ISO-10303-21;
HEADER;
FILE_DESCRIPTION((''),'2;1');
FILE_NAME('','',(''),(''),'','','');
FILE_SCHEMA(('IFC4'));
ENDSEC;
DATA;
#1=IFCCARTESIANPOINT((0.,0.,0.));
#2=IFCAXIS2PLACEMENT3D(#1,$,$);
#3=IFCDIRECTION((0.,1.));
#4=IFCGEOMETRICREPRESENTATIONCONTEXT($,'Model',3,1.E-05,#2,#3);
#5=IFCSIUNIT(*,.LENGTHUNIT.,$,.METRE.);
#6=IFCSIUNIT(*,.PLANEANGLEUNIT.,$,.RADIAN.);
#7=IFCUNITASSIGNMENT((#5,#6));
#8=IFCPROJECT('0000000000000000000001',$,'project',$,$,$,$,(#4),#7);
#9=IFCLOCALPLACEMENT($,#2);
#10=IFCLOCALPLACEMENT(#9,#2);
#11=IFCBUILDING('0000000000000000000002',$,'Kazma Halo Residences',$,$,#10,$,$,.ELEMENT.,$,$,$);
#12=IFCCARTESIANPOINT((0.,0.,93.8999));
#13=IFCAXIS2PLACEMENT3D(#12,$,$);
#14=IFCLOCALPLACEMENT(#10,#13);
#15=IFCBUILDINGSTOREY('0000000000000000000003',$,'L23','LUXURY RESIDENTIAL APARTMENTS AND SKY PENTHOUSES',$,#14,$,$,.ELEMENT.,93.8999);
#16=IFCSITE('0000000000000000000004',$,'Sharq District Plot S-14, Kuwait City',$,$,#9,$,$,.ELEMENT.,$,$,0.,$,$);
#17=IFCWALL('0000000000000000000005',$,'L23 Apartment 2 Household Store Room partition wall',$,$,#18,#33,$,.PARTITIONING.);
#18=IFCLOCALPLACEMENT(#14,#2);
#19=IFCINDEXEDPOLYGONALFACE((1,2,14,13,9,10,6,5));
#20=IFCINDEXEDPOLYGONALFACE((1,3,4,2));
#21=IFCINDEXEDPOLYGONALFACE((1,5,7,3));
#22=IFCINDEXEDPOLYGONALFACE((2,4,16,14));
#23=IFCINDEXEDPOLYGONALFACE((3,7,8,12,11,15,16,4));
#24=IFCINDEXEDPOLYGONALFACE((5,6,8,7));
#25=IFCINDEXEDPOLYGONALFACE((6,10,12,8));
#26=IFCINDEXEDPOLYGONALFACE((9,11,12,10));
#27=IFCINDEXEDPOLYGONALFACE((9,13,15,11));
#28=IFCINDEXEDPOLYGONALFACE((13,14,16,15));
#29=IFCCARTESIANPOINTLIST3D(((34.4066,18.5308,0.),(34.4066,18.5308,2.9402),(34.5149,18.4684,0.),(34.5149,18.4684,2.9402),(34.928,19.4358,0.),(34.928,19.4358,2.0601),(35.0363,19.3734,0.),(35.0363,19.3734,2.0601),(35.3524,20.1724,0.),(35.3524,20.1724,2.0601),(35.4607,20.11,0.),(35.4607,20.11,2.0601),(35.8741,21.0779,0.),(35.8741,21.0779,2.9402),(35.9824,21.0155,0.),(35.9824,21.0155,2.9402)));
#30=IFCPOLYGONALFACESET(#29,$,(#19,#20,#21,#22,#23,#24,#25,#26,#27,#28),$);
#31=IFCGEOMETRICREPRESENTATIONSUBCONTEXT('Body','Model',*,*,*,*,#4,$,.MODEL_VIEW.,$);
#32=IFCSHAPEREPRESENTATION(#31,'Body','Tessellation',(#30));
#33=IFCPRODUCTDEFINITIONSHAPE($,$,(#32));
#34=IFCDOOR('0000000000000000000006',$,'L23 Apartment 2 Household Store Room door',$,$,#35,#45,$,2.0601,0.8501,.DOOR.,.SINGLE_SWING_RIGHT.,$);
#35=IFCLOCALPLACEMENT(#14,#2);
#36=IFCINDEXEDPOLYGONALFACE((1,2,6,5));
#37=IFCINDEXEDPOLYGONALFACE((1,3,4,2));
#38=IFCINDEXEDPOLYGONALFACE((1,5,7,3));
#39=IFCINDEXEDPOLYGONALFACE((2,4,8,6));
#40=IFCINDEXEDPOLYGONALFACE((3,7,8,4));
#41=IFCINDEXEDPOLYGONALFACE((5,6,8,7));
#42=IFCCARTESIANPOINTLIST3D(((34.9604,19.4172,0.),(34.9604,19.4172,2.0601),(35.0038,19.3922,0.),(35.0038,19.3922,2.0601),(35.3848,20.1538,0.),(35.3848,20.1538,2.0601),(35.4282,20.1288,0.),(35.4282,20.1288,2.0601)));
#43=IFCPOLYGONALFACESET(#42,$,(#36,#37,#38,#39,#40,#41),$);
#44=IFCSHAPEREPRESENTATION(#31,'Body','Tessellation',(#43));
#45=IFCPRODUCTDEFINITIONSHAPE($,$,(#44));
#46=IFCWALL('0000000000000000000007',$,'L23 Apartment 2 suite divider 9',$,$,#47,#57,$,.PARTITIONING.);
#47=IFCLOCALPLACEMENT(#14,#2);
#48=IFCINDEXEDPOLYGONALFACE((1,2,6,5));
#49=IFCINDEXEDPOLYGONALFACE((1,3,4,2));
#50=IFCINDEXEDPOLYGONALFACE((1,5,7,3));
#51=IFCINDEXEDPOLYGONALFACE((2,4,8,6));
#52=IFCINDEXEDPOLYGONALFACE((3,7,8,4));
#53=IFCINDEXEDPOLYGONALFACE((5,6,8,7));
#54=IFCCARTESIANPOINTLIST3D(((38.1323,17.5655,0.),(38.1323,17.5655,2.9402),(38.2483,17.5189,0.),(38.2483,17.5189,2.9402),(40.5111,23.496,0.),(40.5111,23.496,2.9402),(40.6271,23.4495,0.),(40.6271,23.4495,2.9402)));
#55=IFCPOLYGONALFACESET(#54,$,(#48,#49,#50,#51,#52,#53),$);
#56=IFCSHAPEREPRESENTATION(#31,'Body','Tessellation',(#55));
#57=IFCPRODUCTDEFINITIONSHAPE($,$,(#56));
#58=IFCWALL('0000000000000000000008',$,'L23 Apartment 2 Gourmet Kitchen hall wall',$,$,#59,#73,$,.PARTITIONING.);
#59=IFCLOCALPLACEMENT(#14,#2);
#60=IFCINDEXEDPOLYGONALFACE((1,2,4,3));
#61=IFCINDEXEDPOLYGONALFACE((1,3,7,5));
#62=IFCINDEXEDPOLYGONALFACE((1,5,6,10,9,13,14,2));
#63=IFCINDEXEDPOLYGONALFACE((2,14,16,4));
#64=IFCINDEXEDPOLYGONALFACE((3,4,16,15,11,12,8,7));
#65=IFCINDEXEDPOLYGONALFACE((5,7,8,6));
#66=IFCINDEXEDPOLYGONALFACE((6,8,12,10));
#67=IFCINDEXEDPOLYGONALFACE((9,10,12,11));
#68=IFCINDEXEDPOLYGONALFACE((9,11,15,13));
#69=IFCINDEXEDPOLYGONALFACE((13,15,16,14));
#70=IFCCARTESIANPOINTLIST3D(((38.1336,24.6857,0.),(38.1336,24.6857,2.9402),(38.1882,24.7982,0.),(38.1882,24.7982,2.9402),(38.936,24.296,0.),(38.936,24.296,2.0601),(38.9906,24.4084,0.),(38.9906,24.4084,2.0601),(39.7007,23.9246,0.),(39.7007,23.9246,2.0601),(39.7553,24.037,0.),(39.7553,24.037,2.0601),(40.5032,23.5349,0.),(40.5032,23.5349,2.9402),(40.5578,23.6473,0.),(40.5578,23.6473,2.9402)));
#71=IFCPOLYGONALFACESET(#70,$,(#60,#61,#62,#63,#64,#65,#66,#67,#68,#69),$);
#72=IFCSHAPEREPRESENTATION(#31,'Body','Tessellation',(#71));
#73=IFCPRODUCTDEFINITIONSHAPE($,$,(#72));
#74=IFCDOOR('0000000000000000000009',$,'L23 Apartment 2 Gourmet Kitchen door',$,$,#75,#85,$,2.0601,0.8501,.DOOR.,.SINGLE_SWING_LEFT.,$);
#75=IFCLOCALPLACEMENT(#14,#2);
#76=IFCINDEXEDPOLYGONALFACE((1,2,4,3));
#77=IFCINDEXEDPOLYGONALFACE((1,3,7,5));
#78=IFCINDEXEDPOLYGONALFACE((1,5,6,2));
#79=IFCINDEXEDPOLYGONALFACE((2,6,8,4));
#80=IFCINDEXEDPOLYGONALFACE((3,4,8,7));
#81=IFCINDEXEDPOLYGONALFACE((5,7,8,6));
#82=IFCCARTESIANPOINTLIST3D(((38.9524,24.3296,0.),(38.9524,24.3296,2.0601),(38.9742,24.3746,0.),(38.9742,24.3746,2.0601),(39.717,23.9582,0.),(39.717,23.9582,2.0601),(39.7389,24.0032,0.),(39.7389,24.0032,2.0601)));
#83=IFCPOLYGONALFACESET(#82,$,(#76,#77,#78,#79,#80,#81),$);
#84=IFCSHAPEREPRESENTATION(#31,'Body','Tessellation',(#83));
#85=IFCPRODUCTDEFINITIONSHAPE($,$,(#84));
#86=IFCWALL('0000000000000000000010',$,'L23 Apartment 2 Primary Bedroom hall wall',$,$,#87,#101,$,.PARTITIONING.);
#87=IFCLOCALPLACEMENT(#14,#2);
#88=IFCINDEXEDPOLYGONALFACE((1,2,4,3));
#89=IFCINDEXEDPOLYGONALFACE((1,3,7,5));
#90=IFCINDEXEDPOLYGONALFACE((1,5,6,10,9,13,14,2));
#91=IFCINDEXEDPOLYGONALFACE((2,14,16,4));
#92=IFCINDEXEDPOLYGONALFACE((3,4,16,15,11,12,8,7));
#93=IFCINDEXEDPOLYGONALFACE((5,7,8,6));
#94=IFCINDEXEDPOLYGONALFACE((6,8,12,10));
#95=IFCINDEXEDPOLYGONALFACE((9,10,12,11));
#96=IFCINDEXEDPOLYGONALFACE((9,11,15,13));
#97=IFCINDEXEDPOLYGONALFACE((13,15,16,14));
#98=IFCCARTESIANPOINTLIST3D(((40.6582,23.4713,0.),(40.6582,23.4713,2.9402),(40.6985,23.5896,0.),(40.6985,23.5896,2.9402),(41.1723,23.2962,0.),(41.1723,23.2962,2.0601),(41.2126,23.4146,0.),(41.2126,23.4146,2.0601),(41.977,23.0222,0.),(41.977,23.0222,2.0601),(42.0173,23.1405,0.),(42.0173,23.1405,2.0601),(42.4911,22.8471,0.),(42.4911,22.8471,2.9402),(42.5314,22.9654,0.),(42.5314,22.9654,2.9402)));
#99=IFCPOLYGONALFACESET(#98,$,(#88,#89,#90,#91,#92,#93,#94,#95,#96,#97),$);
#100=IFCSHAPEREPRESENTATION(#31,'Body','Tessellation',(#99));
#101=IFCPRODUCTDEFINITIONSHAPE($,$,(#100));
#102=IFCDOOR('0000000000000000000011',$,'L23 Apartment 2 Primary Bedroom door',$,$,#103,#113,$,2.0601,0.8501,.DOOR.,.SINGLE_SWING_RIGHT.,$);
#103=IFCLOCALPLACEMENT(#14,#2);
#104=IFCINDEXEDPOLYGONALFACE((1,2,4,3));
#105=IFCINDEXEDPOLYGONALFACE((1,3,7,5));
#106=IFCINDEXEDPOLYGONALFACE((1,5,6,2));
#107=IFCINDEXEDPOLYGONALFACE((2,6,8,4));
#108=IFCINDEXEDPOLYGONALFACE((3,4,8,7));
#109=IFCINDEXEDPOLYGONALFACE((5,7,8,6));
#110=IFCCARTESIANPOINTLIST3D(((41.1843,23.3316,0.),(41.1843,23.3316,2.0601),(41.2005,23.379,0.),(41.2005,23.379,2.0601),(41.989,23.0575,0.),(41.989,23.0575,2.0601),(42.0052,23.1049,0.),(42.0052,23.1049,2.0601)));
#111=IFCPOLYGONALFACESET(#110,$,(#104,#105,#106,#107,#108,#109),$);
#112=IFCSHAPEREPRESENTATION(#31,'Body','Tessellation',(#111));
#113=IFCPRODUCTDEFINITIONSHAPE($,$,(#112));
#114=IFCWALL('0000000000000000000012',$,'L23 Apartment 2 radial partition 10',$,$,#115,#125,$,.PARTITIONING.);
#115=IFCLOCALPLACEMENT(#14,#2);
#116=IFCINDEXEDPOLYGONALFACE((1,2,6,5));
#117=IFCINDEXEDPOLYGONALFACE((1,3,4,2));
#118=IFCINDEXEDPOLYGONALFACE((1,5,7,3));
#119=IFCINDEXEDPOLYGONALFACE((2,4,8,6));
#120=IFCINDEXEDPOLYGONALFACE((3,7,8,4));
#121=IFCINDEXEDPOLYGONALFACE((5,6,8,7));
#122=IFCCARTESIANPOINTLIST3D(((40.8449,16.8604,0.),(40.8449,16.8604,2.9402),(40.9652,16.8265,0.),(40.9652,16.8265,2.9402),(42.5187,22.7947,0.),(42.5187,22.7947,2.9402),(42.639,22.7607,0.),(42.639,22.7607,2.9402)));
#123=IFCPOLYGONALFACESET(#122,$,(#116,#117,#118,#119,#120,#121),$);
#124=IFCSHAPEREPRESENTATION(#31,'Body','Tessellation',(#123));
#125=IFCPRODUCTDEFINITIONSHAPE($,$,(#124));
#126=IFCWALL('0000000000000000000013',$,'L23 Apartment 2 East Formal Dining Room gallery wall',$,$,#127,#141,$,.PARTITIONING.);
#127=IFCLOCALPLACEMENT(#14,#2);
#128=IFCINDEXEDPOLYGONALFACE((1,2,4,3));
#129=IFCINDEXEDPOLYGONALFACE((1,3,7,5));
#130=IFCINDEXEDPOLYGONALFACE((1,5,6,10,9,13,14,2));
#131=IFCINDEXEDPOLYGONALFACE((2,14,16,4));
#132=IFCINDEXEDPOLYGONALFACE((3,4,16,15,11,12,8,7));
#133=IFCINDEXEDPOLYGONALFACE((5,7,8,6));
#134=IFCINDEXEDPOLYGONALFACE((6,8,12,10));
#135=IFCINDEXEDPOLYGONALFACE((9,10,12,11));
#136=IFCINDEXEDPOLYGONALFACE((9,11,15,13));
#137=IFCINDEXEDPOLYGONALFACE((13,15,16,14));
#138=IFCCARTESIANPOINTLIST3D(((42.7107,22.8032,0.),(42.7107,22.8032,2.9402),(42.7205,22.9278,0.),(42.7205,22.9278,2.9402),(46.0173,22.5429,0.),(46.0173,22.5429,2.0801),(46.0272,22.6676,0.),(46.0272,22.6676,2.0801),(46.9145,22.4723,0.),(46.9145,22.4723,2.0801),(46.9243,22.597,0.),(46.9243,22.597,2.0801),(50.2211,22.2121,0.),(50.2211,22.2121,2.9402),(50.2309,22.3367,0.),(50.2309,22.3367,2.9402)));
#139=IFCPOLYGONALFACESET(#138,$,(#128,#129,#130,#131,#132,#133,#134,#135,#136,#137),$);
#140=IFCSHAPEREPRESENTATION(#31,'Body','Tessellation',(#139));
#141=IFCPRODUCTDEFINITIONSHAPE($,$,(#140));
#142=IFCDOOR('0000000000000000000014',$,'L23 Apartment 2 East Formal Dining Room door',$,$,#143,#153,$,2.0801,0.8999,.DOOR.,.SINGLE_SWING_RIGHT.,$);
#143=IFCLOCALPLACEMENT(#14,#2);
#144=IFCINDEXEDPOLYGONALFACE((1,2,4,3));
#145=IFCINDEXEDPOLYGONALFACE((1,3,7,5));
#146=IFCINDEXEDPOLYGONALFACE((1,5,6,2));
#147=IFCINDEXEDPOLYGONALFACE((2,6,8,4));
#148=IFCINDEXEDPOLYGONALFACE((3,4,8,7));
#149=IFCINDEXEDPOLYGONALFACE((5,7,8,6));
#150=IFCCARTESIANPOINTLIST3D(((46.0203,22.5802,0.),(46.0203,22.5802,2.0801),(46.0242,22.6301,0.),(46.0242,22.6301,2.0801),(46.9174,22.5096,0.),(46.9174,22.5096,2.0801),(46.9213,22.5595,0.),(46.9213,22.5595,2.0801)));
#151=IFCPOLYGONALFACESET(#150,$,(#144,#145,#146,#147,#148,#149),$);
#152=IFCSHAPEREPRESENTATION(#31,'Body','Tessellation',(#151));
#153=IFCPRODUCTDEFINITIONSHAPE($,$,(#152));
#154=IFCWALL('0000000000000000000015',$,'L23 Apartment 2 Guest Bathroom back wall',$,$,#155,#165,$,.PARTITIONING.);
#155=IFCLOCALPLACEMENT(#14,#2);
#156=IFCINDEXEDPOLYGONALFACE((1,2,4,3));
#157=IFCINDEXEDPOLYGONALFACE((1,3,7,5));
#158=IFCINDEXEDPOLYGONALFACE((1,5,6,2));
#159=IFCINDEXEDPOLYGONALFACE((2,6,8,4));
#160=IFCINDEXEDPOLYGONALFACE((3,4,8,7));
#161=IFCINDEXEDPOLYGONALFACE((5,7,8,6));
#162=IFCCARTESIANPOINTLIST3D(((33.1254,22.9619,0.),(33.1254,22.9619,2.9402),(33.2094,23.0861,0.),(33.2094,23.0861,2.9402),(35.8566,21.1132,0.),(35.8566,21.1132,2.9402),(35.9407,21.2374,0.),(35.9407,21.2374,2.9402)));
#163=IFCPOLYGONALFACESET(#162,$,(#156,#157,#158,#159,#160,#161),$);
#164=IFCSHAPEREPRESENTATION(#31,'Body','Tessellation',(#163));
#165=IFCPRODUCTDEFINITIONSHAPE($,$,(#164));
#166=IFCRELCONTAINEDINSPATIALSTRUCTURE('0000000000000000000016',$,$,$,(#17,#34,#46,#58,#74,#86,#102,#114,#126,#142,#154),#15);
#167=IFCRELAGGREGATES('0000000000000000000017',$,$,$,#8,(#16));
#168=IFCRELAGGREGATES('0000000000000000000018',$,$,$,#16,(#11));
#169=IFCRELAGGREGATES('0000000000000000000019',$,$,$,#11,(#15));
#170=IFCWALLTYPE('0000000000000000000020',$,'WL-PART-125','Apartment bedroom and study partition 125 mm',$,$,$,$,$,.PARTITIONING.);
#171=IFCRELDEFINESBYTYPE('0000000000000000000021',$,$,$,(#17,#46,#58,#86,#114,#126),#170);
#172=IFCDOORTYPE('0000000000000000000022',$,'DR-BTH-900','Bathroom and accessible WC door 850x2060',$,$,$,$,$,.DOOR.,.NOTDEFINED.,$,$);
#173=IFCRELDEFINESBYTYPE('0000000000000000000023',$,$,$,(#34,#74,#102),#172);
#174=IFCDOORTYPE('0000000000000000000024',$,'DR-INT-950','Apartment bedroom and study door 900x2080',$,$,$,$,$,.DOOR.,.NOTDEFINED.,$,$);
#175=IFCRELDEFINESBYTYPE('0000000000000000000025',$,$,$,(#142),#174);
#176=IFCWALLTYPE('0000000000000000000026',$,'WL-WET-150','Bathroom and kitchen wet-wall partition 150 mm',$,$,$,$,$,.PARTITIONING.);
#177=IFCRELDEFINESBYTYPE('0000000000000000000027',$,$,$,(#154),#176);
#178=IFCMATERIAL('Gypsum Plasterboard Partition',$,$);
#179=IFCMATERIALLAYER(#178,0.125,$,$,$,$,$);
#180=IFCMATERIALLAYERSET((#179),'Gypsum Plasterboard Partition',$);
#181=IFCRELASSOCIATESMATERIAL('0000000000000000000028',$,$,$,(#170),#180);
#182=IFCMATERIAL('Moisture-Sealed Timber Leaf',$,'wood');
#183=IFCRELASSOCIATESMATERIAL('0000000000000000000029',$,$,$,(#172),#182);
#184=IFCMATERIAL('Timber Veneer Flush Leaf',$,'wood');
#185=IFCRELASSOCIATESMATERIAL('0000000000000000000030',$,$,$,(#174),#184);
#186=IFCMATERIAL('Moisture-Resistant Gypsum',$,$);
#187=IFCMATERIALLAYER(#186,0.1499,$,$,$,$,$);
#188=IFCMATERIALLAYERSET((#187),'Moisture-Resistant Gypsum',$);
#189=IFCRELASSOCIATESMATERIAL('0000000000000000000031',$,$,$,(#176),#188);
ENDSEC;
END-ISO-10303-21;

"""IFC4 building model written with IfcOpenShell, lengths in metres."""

from ifc_helpers import new_model, si_unit, direction, frame, frame_2d, origin, place, context, subcontext, project, spatial, rectangle, extrude, material, layer, layer_set, type_object, element, fill, save


model = new_model("IFC4")

# Units and contexts
model_context = context("Model", 3, precision=1e-05, world=origin(), true_north=direction((0.0, 1.0)))
body_context = subcontext(model_context, "Body", "Model", "MODEL_VIEW")
ifc_project = project(units=[si_unit("LENGTHUNIT", "METRE"), si_unit("PLANEANGLEUNIT", "RADIAN")], contexts=[model_context])

# Site, building, storey
site_placement = place(None, origin())
site = spatial("IfcSite", under=ifc_project, at=site_placement, Name="Sharq District Plot S-14, Kuwait City", CompositionType="ELEMENT", RefElevation=0.0)
building_placement = place(site_placement, origin())
building = spatial("IfcBuilding", under=site, at=building_placement, Name="Kazma Halo Residences", CompositionType="ELEMENT")
storey_placement = place(building_placement, frame((0.0, 0.0, 93.8999)))
storey = spatial("IfcBuildingStorey", under=building, at=storey_placement, Name="L23", Description="LUXURY RESIDENTIAL APARTMENTS AND SKY PENTHOUSES", CompositionType="ELEMENT", Elevation=93.8999)

# Wall, opening, door
ifc_material_1 = material(Name="Gypsum Plasterboard Partition")
ifc_layer_1 = layer(ifc_material_1, 0.125)
ifc_layer_set_1 = layer_set([ifc_layer_1], Name="Gypsum Plasterboard Partition")
wall_type_1 = type_object("IfcWallType", Name="WL-PART-125", Description="Apartment bedroom and study partition 125 mm", PredefinedType="PARTITIONING", material=ifc_layer_set_1)
wall_1_placement = place(storey_placement, frame((35.9282, 21.0466, 0.0), z_axis=(0.0, 0.0, 1.0), x_axis=(-0.499221, -0.866474, 0.0)))
wall_1 = element("IfcWall", 1, at=wall_1_placement, inside=storey, type_object=wall_type_1, Name="L23 Apartment 2 Household Store Room partition wall", PredefinedType="PARTITIONING", context=body_context, shape_type="SweptSolid", body=[
    extrude(rectangle(XDim=2.9397, YDim=0.125, at=frame_2d((1.4697, 0.0))), origin(), (0.0, 0.0, 1.0), 2.9402),
])
opening_1_placement = place(wall_1_placement, frame((1.0449, 0.0, 0.0)))
opening_1 = element("IfcOpeningElement", 2, at=opening_1_placement, cuts=wall_1, PredefinedType="OPENING", context=body_context, shape_type="SweptSolid", body=[
    extrude(rectangle(XDim=0.8501, YDim=2.0601, at=frame_2d((0.425, 1.03))), frame((0.0, 0.0725, 0.0), z_axis=(0.0, -1.0, 0.0), x_axis=(1.0, 0.0, 0.0)), (0.0, 0.0, 1.0), 0.145),
])
ifc_material_2 = material(Name="Moisture-Sealed Timber Leaf", Category="wood")
door_type_1 = type_object("IfcDoorType", Name="DR-BTH-900", Description="Bathroom and accessible WC door 850x2060", OperationType="NOTDEFINED", PredefinedType="DOOR", material=ifc_material_2)
door_1_placement = place(opening_1_placement, origin())
door_1 = element("IfcDoor", 3, at=door_1_placement, inside=storey, type_object=door_type_1, Name="L23 Apartment 2 Household Store Room door", OperationType="SINGLE_SWING_RIGHT", OverallHeight=2.0601, OverallWidth=0.8501, PredefinedType="DOOR", context=body_context, shape_type="SweptSolid", body=[
    extrude(rectangle(XDim=0.8501, YDim=2.0601, at=frame_2d((0.425, 1.03))), frame((0.0, 0.0249, 0.0), z_axis=(0.0, -1.0, 0.0), x_axis=(1.0, 0.0, 0.0)), (0.0, 0.0, 1.0), 0.05),
])
fill(opening_1, door_1)

# Wall
wall_2_placement = place(storey_placement, frame((40.5691, 23.4727, 0.0), z_axis=(0.0, 0.0, 1.0), x_axis=(-0.372286, -0.928118, 0.0)))
element("IfcWall", 4, at=wall_2_placement, inside=storey, type_object=wall_type_1, Name="L23 Apartment 2 suite divider 9", PredefinedType="PARTITIONING", context=body_context, shape_type="SweptSolid", body=[
    extrude(rectangle(XDim=6.3899, YDim=0.125, at=frame_2d((3.1948, 0.0))), origin(), (0.0, 0.0, 1.0), 2.9402),
])

# Walls, openings, doors
wall_3_placement = place(storey_placement, frame((38.1609, 24.7419, 0.0), z_axis=(0.0, 0.0, 1.0), x_axis=(0.899521, -0.436878, 0.0)))
wall_3 = element("IfcWall", 5, at=wall_3_placement, inside=storey, type_object=wall_type_1, Name="L23 Apartment 2 Gourmet Kitchen hall wall", PredefinedType="PARTITIONING", context=body_context, shape_type="SweptSolid", body=[
    extrude(rectangle(XDim=2.6343, YDim=0.125, at=frame_2d((1.3171, 0.0))), origin(), (0.0, 0.0, 1.0), 2.9402),
])
opening_2_placement = place(wall_3_placement, frame((0.8921, 0.0, 0.0)))
opening_2 = element("IfcOpeningElement", 6, at=opening_2_placement, cuts=wall_3, PredefinedType="OPENING", context=body_context, shape_type="SweptSolid", body=[
    extrude(rectangle(XDim=0.8501, YDim=2.0601, at=frame_2d((0.425, 1.03))), frame((0.0, 0.0725, 0.0), z_axis=(0.0, -1.0, 0.0), x_axis=(1.0, 0.0, 0.0)), (0.0, 0.0, 1.0), 0.145),
])
door_2_placement = place(opening_2_placement, origin())
door_2 = element("IfcDoor", 7, at=door_2_placement, inside=storey, type_object=door_type_1, Name="L23 Apartment 2 Gourmet Kitchen door", OperationType="SINGLE_SWING_LEFT", OverallHeight=2.0601, OverallWidth=0.8501, PredefinedType="DOOR", context=body_context, shape_type="SweptSolid", body=[
    extrude(rectangle(XDim=0.8501, YDim=2.0601, at=frame_2d((0.425, 1.03))), frame((0.0, 0.0249, 0.0), z_axis=(0.0, -1.0, 0.0), x_axis=(1.0, 0.0, 0.0)), (0.0, 0.0, 1.0), 0.05),
])
fill(opening_2, door_2)
wall_4_placement = place(storey_placement, frame((40.6782, 23.5305, 0.0), z_axis=(0.0, 0.0, 1.0), x_axis=(0.946608, -0.322386, 0.0)))
wall_4 = element("IfcWall", 8, at=wall_4_placement, inside=storey, type_object=wall_type_1, Name="L23 Apartment 2 Primary Bedroom hall wall", PredefinedType="PARTITIONING", context=body_context, shape_type="SweptSolid", body=[
    extrude(rectangle(XDim=1.9363, YDim=0.125, at=frame_2d((0.9683, 0.0))), origin(), (0.0, 0.0, 1.0), 2.9402),
])
opening_3_placement = place(wall_4_placement, frame((0.5432, 0.0, 0.0)))
opening_3 = element("IfcOpeningElement", 9, at=opening_3_placement, cuts=wall_4, PredefinedType="OPENING", context=body_context, shape_type="SweptSolid", body=[
    extrude(rectangle(XDim=0.8501, YDim=2.0601, at=frame_2d((0.425, 1.03))), frame((0.0, 0.0725, 0.0), z_axis=(0.0, -1.0, 0.0), x_axis=(1.0, 0.0, 0.0)), (0.0, 0.0, 1.0), 0.145),
])
door_3_placement = place(opening_3_placement, origin())
door_3 = element("IfcDoor", 10, at=door_3_placement, inside=storey, type_object=door_type_1, Name="L23 Apartment 2 Primary Bedroom door", OperationType="SINGLE_SWING_RIGHT", OverallHeight=2.0601, OverallWidth=0.8501, PredefinedType="DOOR", context=body_context, shape_type="SweptSolid", body=[
    extrude(rectangle(XDim=0.8501, YDim=2.0601, at=frame_2d((0.425, 1.03))), frame((0.0, 0.0249, 0.0), z_axis=(0.0, -1.0, 0.0), x_axis=(1.0, 0.0, 0.0)), (0.0, 0.0, 1.0), 0.05),
])
fill(opening_3, door_3)

# Wall
wall_5_placement = place(storey_placement, frame((42.5789, 22.7778, 0.0), z_axis=(0.0, 0.0, 1.0), x_axis=(-0.271467, -0.962448, 0.0)))
element("IfcWall", 11, at=wall_5_placement, inside=storey, type_object=wall_type_1, Name="L23 Apartment 2 radial partition 10", PredefinedType="PARTITIONING", context=body_context, shape_type="SweptSolid", body=[
    extrude(rectangle(XDim=6.1658, YDim=0.125, at=frame_2d((3.083, 0.0))), origin(), (0.0, 0.0, 1.0), 2.9402),
])

# Wall, opening, door
wall_6_placement = place(storey_placement, frame((42.7156, 22.8655, 0.0), z_axis=(0.0, 0.0, 1.0), x_axis=(0.996918, -0.078456, 0.0)))
wall_6 = element("IfcWall", 12, at=wall_6_placement, inside=storey, type_object=wall_type_1, Name="L23 Apartment 2 East Formal Dining Room gallery wall", PredefinedType="PARTITIONING", context=body_context, shape_type="SweptSolid", body=[
    extrude(rectangle(XDim=7.5337, YDim=0.125, at=frame_2d((3.7668, 0.0))), origin(), (0.0, 0.0, 1.0), 2.9402),
])
opening_4_placement = place(wall_6_placement, frame((3.3169, 0.0, 0.0)))
opening_4 = element("IfcOpeningElement", 13, at=opening_4_placement, cuts=wall_6, PredefinedType="OPENING", context=body_context, shape_type="SweptSolid", body=[
    extrude(rectangle(XDim=0.8999, YDim=2.0801, at=frame_2d((0.45, 1.04))), frame((0.0, 0.0725, 0.0), z_axis=(0.0, -1.0, 0.0), x_axis=(1.0, 0.0, 0.0)), (0.0, 0.0, 1.0), 0.145),
])
ifc_material_3 = material(Name="Timber Veneer Flush Leaf", Category="wood")
door_type_2 = type_object("IfcDoorType", Name="DR-INT-950", Description="Apartment bedroom and study door 900x2080", OperationType="NOTDEFINED", PredefinedType="DOOR", material=ifc_material_3)
door_4_placement = place(opening_4_placement, origin())
door_4 = element("IfcDoor", 14, at=door_4_placement, inside=storey, type_object=door_type_2, Name="L23 Apartment 2 East Formal Dining Room door", OperationType="SINGLE_SWING_RIGHT", OverallHeight=2.0801, OverallWidth=0.8999, PredefinedType="DOOR", context=body_context, shape_type="SweptSolid", body=[
    extrude(rectangle(XDim=0.8999, YDim=2.0801, at=frame_2d((0.45, 1.04))), frame((0.0, 0.0249, 0.0), z_axis=(0.0, -1.0, 0.0), x_axis=(1.0, 0.0, 0.0)), (0.0, 0.0, 1.0), 0.05),
])
fill(opening_4, door_4)

# Wall
ifc_material_4 = material(Name="Moisture-Resistant Gypsum")
ifc_layer_2 = layer(ifc_material_4, 0.1499)
ifc_layer_set_2 = layer_set([ifc_layer_2], Name="Moisture-Resistant Gypsum")
wall_type_2 = type_object("IfcWallType", Name="WL-WET-150", Description="Bathroom and kitchen wet-wall partition 150 mm", PredefinedType="PARTITIONING", material=ifc_layer_set_2)
wall_7_placement = place(storey_placement, frame((33.1675, 23.0239, 0.0), z_axis=(0.0, 0.0, 1.0), x_axis=(0.828135, -0.560529, 0.0)))
element("IfcWall", 15, at=wall_7_placement, inside=storey, type_object=wall_type_2, Name="L23 Apartment 2 Guest Bathroom back wall", PredefinedType="PARTITIONING", context=body_context, shape_type="SweptSolid", body=[
    extrude(rectangle(XDim=3.2981, YDim=0.1499, at=frame_2d((1.6489, 0.0))), origin(), (0.0, 0.0, 1.0), 2.9402),
])

save(model, "model.ifc")
